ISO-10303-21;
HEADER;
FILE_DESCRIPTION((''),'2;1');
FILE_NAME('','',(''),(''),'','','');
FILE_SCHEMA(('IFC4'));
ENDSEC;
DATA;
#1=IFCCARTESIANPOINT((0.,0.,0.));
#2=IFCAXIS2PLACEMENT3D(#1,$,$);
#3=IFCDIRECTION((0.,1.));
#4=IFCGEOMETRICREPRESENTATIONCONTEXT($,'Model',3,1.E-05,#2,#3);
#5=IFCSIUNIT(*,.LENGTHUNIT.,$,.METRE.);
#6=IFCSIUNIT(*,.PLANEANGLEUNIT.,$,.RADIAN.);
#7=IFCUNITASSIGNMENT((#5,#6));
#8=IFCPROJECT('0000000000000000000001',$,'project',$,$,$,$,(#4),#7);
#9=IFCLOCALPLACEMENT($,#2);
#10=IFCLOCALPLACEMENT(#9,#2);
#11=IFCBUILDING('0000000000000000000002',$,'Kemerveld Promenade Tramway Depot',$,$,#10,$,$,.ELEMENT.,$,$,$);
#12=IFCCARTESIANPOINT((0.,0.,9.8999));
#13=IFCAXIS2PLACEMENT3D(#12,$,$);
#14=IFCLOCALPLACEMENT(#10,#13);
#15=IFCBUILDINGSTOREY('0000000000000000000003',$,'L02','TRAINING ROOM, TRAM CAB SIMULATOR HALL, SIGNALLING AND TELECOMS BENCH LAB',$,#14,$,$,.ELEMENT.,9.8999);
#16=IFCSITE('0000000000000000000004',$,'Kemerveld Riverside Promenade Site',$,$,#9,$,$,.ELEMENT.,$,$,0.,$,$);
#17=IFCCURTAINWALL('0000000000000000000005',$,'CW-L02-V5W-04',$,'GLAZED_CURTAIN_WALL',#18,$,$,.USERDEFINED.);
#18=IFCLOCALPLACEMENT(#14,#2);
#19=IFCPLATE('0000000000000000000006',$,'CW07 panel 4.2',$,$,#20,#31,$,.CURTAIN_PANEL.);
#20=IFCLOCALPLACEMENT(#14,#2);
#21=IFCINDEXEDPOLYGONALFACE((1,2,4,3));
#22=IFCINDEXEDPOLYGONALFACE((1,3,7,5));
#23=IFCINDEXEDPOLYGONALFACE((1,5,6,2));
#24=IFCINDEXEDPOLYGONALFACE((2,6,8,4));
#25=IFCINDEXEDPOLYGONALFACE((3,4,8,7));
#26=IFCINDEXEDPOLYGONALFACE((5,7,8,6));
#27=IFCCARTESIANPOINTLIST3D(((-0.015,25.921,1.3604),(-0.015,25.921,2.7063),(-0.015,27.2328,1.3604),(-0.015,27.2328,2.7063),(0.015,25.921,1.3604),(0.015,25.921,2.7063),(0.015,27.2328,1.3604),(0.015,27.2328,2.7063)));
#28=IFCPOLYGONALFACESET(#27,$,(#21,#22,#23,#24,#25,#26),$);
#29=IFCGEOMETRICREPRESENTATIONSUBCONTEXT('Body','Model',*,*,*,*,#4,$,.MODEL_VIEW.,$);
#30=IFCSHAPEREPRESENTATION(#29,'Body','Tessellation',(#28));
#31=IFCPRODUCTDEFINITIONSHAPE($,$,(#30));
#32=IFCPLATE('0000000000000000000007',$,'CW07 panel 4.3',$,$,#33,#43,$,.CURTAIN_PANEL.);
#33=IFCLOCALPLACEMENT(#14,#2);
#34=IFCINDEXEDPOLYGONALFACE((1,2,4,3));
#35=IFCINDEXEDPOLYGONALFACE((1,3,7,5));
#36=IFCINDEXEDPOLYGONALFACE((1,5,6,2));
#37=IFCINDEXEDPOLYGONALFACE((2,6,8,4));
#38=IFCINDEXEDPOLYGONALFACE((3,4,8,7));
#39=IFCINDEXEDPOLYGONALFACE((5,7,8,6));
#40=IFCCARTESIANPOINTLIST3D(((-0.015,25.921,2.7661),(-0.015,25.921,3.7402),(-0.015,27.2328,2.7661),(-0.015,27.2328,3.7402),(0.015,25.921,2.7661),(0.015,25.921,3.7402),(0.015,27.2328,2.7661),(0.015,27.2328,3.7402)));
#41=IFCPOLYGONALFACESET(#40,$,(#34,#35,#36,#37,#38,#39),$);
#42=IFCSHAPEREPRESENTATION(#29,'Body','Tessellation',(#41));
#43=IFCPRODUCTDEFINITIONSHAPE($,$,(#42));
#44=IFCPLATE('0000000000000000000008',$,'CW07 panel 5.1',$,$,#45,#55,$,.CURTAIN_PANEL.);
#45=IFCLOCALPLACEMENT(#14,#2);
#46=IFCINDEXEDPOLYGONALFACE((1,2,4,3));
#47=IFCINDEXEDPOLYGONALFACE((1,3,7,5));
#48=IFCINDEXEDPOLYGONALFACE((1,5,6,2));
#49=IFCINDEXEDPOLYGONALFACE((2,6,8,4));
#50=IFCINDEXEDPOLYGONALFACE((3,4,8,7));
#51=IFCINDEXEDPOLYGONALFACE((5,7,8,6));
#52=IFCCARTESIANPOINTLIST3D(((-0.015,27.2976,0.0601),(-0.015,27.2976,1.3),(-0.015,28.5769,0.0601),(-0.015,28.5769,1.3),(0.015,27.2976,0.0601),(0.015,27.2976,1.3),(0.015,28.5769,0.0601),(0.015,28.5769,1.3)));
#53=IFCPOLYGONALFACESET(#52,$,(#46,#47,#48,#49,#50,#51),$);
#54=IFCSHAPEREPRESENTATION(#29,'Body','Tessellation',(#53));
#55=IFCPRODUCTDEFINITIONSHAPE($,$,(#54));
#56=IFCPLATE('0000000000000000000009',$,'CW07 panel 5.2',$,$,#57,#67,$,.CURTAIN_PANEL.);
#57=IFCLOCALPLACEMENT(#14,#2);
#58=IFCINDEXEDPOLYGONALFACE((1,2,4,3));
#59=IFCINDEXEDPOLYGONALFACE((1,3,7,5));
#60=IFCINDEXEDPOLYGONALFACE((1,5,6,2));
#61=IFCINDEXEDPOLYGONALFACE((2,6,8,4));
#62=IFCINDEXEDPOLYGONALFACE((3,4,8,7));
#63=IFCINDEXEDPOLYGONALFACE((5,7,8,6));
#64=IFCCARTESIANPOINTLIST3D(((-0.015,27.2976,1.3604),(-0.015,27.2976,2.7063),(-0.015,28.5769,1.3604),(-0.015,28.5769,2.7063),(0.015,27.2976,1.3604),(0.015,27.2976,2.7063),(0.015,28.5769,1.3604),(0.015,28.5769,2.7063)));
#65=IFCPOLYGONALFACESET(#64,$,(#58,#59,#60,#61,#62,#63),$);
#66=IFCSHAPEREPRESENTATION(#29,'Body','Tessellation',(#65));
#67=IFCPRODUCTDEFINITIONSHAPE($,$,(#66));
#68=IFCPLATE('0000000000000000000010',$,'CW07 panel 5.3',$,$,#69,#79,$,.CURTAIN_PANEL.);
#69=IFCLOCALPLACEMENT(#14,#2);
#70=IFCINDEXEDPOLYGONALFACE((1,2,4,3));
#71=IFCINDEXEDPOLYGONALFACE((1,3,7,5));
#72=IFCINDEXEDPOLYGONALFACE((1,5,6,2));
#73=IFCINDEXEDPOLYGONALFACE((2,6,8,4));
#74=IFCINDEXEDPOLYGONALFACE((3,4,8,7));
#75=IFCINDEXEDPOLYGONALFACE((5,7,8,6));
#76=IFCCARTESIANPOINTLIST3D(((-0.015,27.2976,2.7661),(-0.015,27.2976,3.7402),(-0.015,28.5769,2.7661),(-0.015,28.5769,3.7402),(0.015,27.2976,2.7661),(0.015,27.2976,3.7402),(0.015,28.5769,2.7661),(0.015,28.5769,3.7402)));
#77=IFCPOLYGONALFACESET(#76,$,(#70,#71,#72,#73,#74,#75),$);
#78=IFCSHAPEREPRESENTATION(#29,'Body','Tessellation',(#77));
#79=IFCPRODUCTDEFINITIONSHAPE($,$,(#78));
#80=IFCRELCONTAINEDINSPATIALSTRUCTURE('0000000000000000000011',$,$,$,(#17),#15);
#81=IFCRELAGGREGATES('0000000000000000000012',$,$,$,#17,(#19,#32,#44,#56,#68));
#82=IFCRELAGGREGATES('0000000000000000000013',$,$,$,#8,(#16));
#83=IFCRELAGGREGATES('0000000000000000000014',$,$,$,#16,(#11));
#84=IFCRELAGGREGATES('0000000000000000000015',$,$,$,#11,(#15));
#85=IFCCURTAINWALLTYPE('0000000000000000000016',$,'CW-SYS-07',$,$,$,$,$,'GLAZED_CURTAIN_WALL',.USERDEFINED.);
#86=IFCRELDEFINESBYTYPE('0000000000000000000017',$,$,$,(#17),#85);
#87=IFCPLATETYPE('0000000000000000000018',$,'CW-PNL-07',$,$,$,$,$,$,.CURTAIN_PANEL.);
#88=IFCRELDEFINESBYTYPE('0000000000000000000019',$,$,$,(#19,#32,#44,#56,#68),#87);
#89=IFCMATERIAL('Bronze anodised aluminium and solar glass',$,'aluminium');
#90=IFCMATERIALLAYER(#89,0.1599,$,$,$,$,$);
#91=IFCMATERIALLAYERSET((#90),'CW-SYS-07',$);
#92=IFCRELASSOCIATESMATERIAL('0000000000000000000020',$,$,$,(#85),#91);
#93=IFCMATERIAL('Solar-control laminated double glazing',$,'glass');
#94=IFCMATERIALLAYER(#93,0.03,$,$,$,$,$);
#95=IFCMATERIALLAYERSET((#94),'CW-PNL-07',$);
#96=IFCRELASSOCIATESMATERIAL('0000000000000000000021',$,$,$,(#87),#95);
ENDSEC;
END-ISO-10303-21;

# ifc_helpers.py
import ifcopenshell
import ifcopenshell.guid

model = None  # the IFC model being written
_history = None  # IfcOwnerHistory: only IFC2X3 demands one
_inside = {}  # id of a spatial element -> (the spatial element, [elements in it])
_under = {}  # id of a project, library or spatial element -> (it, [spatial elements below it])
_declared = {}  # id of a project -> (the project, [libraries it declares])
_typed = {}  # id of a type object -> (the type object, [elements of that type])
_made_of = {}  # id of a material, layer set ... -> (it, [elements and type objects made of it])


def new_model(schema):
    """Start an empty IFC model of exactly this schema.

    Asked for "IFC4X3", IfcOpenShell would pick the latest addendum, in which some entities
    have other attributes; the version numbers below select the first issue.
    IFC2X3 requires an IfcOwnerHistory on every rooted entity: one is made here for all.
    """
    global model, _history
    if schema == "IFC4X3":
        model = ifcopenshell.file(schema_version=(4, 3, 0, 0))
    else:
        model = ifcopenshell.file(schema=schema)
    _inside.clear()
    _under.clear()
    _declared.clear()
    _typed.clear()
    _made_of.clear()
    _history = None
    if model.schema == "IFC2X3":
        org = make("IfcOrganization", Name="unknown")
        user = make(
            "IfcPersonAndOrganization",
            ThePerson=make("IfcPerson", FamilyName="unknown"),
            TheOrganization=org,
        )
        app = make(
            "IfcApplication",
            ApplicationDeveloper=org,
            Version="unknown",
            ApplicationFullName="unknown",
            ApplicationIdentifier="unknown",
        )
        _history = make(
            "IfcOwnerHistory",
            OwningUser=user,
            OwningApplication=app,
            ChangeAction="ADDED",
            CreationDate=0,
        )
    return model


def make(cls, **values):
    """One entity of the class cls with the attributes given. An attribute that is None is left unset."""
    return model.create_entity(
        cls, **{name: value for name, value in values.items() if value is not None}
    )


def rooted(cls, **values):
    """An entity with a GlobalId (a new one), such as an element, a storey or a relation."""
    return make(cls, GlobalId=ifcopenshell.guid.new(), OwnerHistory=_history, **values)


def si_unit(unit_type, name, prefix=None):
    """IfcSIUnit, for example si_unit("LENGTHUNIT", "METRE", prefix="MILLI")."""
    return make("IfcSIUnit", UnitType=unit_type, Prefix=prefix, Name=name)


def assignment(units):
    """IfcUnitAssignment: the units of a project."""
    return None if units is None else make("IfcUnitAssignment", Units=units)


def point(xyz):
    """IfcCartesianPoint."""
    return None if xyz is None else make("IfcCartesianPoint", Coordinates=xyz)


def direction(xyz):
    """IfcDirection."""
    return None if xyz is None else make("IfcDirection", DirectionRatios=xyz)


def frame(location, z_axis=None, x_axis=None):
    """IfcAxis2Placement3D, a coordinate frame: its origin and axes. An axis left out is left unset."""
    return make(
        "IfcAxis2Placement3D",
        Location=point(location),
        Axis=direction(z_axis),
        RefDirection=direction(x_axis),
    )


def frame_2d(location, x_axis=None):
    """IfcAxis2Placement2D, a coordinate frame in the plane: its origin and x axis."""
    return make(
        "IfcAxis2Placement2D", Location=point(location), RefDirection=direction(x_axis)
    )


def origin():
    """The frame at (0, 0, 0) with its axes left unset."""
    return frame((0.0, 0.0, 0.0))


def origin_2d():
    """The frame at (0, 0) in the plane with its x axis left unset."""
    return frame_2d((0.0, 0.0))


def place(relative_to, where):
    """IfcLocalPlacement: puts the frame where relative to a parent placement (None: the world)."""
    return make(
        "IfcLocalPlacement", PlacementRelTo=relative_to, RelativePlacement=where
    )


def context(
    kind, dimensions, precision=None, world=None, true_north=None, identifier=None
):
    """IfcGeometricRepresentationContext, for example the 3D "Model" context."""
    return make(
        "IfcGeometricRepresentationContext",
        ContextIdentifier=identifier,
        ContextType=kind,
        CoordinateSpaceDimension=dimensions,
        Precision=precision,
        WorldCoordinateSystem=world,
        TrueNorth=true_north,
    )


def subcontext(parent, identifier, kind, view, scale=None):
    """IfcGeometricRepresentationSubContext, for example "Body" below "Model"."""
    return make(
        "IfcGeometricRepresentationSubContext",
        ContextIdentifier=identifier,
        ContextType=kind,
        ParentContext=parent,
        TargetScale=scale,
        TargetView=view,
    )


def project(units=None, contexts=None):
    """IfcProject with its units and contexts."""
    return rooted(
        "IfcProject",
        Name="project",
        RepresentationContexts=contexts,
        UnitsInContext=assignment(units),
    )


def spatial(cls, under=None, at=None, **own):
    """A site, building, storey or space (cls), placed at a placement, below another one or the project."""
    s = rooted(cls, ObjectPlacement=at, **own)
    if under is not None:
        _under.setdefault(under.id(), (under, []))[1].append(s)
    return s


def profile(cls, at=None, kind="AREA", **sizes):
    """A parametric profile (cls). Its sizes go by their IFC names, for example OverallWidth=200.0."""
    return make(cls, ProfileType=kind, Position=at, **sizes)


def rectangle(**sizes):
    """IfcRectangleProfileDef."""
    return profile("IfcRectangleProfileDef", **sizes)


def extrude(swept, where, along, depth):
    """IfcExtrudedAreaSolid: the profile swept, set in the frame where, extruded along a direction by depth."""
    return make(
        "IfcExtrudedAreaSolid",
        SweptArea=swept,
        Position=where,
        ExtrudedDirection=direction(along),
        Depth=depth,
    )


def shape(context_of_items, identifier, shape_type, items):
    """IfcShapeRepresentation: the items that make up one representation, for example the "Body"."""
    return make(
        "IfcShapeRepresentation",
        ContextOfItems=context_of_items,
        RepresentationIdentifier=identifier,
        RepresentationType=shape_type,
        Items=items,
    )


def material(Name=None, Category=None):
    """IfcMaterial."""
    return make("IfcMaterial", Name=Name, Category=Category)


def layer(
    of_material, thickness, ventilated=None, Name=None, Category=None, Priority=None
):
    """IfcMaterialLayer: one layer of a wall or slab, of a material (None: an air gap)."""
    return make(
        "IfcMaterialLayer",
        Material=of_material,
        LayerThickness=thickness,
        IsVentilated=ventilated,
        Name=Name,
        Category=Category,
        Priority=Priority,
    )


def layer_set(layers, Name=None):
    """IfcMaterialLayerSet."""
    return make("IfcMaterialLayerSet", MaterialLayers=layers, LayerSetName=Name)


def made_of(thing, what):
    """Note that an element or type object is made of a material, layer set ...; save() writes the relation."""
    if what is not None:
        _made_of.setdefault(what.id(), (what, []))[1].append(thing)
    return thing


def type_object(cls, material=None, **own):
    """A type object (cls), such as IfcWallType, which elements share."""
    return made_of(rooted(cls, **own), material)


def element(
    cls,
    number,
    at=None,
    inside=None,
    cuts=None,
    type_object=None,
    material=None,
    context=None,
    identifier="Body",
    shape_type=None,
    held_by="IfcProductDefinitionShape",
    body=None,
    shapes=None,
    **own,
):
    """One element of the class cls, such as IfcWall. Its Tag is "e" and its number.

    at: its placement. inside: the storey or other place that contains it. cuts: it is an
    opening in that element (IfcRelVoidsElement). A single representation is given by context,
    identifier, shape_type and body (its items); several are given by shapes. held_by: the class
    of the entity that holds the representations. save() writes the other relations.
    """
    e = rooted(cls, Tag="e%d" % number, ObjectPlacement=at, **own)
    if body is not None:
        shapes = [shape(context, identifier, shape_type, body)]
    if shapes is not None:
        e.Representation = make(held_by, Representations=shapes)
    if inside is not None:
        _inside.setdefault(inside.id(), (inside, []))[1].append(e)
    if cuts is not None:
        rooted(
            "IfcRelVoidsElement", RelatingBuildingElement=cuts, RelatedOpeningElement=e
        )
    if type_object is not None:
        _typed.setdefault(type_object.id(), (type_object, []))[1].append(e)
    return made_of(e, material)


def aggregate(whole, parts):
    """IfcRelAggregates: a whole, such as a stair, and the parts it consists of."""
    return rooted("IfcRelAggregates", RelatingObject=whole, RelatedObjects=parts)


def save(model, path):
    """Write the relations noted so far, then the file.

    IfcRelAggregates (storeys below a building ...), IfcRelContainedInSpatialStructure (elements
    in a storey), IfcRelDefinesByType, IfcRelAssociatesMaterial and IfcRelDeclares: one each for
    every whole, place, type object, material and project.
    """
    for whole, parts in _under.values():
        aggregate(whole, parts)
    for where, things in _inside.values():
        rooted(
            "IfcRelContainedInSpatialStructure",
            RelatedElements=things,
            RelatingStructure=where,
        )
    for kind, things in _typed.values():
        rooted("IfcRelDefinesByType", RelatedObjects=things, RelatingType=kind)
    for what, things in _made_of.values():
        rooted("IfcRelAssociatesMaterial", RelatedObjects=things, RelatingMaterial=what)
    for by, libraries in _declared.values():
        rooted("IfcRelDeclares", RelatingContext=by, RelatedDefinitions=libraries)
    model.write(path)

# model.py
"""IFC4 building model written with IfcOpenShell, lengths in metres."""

from ifc_helpers import new_model, si_unit, direction, frame, origin, origin_2d, place, context, subcontext, project, spatial, rectangle, extrude, material, layer, layer_set, type_object, element, aggregate, save


model = new_model("IFC4")

# Units and contexts
model_context = context("Model", 3, precision=1e-05, world=origin(), true_north=direction((0.0, 1.0)))
body_context = subcontext(model_context, "Body", "Model", "MODEL_VIEW")
ifc_project = project(units=[si_unit("LENGTHUNIT", "METRE"), si_unit("PLANEANGLEUNIT", "RADIAN")], contexts=[model_context])

# Site, building, storey
site_placement = place(None, origin())
site = spatial("IfcSite", under=ifc_project, at=site_placement, Name="Kemerveld Riverside Promenade Site", CompositionType="ELEMENT", RefElevation=0.0)
building_placement = place(site_placement, origin())
building = spatial("IfcBuilding", under=site, at=building_placement, Name="Kemerveld Promenade Tramway Depot", CompositionType="ELEMENT")
storey_placement = place(building_placement, frame((0.0, 0.0, 9.8999)))
storey = spatial("IfcBuildingStorey", under=building, at=storey_placement, Name="L02", Description="TRAINING ROOM, TRAM CAB SIMULATOR HALL, SIGNALLING AND TELECOMS BENCH LAB", CompositionType="ELEMENT", Elevation=9.8999)

# Curtain wall, plates
ifc_material_1 = material(Name="Bronze anodised aluminium and solar glass", Category="aluminium")
ifc_layer_1 = layer(ifc_material_1, 0.1599)
ifc_layer_set_1 = layer_set([ifc_layer_1], Name="CW-SYS-07")
curtain_wall_type = type_object("IfcCurtainWallType", Name="CW-SYS-07", ElementType="GLAZED_CURTAIN_WALL", PredefinedType="USERDEFINED", material=ifc_layer_set_1)
curtain_wall_placement = place(storey_placement, origin())
curtain_wall = element("IfcCurtainWall", 1, at=curtain_wall_placement, inside=storey, type_object=curtain_wall_type, Name="CW-L02-V5W-04", ObjectType="GLAZED_CURTAIN_WALL", PredefinedType="USERDEFINED")
ifc_material_2 = material(Name="Solar-control laminated double glazing", Category="glass")
ifc_layer_2 = layer(ifc_material_2, 0.03)
ifc_layer_set_2 = layer_set([ifc_layer_2], Name="CW-PNL-07")
plate_type = type_object("IfcPlateType", Name="CW-PNL-07", PredefinedType="CURTAIN_PANEL", material=ifc_layer_set_2)
plate_1_placement = place(storey_placement, frame((0.0, 26.5769, 1.3604), z_axis=(0.0, 0.0, 1.0), x_axis=(0.0, 1.0, 0.0)))
plate_1 = element("IfcPlate", 2, at=plate_1_placement, type_object=plate_type, Name="CW07 panel 4.2", PredefinedType="CURTAIN_PANEL", context=body_context, shape_type="SweptSolid", body=[
    extrude(rectangle(XDim=1.3118, YDim=0.03, at=origin_2d()), origin(), (0.0, 0.0, 1.0), 1.3459),
])
plate_2_placement = place(storey_placement, frame((0.0, 26.5769, 2.7661), z_axis=(0.0, 0.0, 1.0), x_axis=(0.0, 1.0, 0.0)))
plate_2 = element("IfcPlate", 3, at=plate_2_placement, type_object=plate_type, Name="CW07 panel 4.3", PredefinedType="CURTAIN_PANEL", context=body_context, shape_type="SweptSolid", body=[
    extrude(rectangle(XDim=1.3118, YDim=0.03, at=origin_2d()), origin(), (0.0, 0.0, 1.0), 0.9741),
])
plate_3_placement = place(storey_placement, frame((0.0, 27.9373, 0.0601), z_axis=(0.0, 0.0, 1.0), x_axis=(0.0, 1.0, 0.0)))
plate_3 = element("IfcPlate", 4, at=plate_3_placement, type_object=plate_type, Name="CW07 panel 5.1", PredefinedType="CURTAIN_PANEL", context=body_context, shape_type="SweptSolid", body=[
    extrude(rectangle(XDim=1.2793, YDim=0.03, at=origin_2d()), origin(), (0.0, 0.0, 1.0), 1.24),
])
plate_4_placement = place(storey_placement, frame((0.0, 27.9373, 1.3604), z_axis=(0.0, 0.0, 1.0), x_axis=(0.0, 1.0, 0.0)))
plate_4 = element("IfcPlate", 5, at=plate_4_placement, type_object=plate_type, Name="CW07 panel 5.2", PredefinedType="CURTAIN_PANEL", context=body_context, shape_type="SweptSolid", body=[
    extrude(rectangle(XDim=1.2793, YDim=0.03, at=origin_2d()), origin(), (0.0, 0.0, 1.0), 1.3459),
])
plate_5_placement = place(storey_placement, frame((0.0, 27.9373, 2.7661), z_axis=(0.0, 0.0, 1.0), x_axis=(0.0, 1.0, 0.0)))
plate_5 = element("IfcPlate", 6, at=plate_5_placement, type_object=plate_type, Name="CW07 panel 5.3", PredefinedType="CURTAIN_PANEL", context=body_context, shape_type="SweptSolid", body=[
    extrude(rectangle(XDim=1.2793, YDim=0.03, at=origin_2d()), origin(), (0.0, 0.0, 1.0), 0.9741),
])
aggregate(curtain_wall, [plate_1, plate_2, plate_3, plate_4, plate_5])

save(model, "model.ifc")
